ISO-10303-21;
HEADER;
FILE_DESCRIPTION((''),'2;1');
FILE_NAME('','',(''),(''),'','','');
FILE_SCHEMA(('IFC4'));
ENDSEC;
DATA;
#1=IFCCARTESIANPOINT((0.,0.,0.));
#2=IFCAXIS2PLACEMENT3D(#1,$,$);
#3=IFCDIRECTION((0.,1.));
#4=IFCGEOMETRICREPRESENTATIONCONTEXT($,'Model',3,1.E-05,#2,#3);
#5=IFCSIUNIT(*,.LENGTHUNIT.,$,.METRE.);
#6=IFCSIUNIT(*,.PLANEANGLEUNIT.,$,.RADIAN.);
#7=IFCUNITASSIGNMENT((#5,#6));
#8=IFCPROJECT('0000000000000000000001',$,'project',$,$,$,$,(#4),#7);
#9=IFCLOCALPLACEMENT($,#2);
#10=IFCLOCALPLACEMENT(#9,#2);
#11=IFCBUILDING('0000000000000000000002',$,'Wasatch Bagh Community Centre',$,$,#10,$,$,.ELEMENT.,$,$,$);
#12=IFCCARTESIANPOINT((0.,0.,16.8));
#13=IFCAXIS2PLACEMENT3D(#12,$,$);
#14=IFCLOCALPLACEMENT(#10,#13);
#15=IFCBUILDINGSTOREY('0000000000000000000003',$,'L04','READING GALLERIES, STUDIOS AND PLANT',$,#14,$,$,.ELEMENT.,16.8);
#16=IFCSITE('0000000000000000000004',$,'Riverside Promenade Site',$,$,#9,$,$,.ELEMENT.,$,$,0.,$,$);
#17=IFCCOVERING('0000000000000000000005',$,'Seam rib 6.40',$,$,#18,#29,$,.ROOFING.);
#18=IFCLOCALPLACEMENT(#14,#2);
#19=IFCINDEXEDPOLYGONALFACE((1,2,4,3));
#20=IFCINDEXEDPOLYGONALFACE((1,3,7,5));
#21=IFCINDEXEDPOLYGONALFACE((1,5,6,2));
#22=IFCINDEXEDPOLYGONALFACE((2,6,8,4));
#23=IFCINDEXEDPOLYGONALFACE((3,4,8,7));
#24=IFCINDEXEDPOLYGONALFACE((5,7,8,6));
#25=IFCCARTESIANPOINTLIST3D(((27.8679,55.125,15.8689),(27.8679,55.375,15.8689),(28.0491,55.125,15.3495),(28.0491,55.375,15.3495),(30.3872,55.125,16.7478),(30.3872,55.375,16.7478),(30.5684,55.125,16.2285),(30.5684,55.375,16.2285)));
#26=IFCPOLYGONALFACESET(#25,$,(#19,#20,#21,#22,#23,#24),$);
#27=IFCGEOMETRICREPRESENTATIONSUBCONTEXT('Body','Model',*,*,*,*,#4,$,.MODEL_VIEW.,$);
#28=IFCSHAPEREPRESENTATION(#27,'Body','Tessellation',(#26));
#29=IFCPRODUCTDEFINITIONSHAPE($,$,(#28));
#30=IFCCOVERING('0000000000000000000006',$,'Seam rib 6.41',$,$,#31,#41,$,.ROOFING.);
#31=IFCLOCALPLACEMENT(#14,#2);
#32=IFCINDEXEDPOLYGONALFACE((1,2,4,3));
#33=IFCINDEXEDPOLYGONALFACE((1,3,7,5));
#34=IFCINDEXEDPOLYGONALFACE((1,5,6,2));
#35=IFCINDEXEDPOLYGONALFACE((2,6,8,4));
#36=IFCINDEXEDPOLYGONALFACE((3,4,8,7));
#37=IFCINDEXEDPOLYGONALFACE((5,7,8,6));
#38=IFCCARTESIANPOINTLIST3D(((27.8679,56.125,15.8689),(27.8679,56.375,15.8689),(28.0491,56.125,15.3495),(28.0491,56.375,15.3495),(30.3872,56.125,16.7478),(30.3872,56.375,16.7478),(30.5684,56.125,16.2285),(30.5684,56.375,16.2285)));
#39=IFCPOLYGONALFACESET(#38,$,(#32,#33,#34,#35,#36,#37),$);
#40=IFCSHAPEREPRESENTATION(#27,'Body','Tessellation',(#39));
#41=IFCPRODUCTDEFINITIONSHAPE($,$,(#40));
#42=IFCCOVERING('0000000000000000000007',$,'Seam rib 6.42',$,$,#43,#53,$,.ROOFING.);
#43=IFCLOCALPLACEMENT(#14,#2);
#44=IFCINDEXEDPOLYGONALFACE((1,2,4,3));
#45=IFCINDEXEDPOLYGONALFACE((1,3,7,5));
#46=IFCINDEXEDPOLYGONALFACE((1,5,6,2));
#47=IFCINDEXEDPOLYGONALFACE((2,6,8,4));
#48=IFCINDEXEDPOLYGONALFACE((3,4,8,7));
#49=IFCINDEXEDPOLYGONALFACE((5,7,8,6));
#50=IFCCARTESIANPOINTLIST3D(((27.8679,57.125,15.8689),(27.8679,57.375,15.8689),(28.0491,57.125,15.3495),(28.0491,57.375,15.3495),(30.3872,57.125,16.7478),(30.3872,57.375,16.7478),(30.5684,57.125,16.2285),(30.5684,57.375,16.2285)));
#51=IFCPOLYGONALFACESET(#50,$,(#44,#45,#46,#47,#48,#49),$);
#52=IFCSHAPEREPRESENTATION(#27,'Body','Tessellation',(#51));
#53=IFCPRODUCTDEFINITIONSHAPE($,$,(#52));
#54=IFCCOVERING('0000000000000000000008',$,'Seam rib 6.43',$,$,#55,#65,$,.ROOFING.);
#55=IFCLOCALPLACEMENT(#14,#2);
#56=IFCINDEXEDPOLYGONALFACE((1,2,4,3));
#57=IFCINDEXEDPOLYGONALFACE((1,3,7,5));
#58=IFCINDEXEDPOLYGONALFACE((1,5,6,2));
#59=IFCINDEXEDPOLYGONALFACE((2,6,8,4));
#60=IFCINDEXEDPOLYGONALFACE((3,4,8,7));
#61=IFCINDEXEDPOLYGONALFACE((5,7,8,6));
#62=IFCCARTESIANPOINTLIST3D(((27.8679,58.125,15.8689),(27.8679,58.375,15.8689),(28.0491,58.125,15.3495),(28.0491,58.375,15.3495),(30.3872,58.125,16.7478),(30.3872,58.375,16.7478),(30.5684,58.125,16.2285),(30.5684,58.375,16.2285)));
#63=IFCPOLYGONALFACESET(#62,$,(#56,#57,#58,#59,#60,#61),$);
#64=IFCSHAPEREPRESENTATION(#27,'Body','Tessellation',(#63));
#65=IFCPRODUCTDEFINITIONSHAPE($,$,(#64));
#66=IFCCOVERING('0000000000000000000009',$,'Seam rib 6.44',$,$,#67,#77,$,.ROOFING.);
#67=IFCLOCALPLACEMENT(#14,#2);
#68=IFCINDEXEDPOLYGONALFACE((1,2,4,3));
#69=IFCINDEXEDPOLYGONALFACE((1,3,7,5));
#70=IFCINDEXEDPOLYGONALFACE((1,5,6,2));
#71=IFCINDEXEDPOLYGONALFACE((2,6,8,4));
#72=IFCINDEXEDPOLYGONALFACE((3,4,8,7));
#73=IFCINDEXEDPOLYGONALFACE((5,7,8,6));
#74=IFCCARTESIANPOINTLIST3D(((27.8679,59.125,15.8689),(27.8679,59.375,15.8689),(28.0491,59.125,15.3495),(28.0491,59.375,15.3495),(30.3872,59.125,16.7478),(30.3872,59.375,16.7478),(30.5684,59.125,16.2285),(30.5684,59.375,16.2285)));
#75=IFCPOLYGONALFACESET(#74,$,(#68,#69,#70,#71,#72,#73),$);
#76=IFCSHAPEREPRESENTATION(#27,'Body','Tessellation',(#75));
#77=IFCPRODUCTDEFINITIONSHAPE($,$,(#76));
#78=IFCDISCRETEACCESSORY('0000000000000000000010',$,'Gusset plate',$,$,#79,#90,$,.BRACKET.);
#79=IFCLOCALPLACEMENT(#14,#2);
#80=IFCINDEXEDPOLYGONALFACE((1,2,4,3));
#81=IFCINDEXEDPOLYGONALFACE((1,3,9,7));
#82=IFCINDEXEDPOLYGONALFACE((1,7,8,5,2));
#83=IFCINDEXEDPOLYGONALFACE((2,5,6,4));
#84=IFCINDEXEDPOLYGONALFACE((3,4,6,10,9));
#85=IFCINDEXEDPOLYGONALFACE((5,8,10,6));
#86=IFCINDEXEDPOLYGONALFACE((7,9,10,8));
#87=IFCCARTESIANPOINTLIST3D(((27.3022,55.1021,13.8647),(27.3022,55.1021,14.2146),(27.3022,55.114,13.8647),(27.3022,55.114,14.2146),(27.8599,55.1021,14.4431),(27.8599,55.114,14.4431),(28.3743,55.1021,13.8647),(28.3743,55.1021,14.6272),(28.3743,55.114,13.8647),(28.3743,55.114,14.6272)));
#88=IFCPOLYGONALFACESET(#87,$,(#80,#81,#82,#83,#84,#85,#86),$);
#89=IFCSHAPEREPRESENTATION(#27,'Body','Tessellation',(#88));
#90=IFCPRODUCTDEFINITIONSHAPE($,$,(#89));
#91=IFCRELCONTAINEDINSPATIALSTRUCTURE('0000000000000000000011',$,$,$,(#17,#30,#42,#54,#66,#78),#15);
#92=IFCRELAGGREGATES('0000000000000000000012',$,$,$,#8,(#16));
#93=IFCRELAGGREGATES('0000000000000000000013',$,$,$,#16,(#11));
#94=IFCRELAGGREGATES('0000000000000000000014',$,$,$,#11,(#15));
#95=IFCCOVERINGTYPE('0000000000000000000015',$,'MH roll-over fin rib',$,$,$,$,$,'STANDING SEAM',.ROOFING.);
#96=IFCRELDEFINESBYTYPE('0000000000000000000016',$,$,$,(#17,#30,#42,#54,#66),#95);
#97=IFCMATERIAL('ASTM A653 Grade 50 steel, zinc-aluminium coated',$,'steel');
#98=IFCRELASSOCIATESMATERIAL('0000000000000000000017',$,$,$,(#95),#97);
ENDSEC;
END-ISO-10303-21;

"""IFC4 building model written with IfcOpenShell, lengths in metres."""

from ifc_helpers import new_model, si_unit, direction, frame, origin, place, context, subcontext, project, spatial, polyline, outline, extrude, material, type_object, element, save


model = new_model("IFC4")

# Units and contexts
model_context = context("Model", 3, precision=1e-05, world=origin(), true_north=direction((0.0, 1.0)))
body_context = subcontext(model_context, "Body", "Model", "MODEL_VIEW")
ifc_project = project(units=[si_unit("LENGTHUNIT", "METRE"), si_unit("PLANEANGLEUNIT", "RADIAN")], contexts=[model_context])

# Site, building, storey
site_placement = place(None, origin())
site = spatial("IfcSite", under=ifc_project, at=site_placement, Name="Riverside Promenade Site", CompositionType="ELEMENT", RefElevation=0.0)
building_placement = place(site_placement, origin())
building = spatial("IfcBuilding", under=site, at=building_placement, Name="Wasatch Bagh Community Centre", CompositionType="ELEMENT")
storey_placement = place(building_placement, frame((0.0, 0.0, 16.8)))
storey = spatial("IfcBuildingStorey", under=building, at=storey_placement, Name="L04", Description="READING GALLERIES, STUDIOS AND PLANT", CompositionType="ELEMENT", Elevation=16.8)

# Coverings
ifc_material_1 = material(Name="ASTM A653 Grade 50 steel, zinc-aluminium coated", Category="steel")
covering_type = type_object("IfcCoveringType", Name="MH roll-over fin rib", ElementType="STANDING SEAM", PredefinedType="ROOFING", material=ifc_material_1)
for number, where, z_axis, x_axis, name in (
    (1, (27.8679, 55.125, 15.8689), (-0.329401, 0.0, 0.94419), (0.94419, 0.0, 0.329401), "Seam rib 6.40"),
    (2, (27.8679, 56.125, 15.8689), (-0.329401, 0.0, 0.94419), (0.94419, 0.0, 0.329401), "Seam rib 6.41"),
    (3, (27.8679, 57.125, 15.8689), (-0.329401, 0.0, 0.94419), (0.94419, 0.0, 0.329401), "Seam rib 6.42"),
    (4, (27.8679, 58.125, 15.8689), (-0.329401, 0.0, 0.94419), (0.94419, 0.0, 0.329401), "Seam rib 6.43"),
    (5, (27.8679, 59.125, 15.8689), (-0.329401, 0.0, 0.94419), (0.94419, 0.0, 0.329401), "Seam rib 6.44"),
):
    element("IfcCovering", number, at=place(storey_placement, frame(where, z_axis=z_axis, x_axis=x_axis)), inside=storey, type_object=covering_type, Name=name, PredefinedType="ROOFING", context=body_context, shape_type="SweptSolid", body=[
        extrude(outline(polyline([(0.0, 0.0), (2.6682, 0.0), (2.6682, 0.25), (0.0, 0.25), (0.0, 0.0)])), origin(), (0.0, 0.0, -1.0), 0.55),
    ])

# Discrete accessory
discrete_accessory_placement = place(storey_placement, frame((27.3022, 55.114, 14.2146), z_axis=(0.0, 1.0, 0.0), x_axis=(0.925314, 0.0, 0.379201)))
element("IfcDiscreteAccessory", 6, at=discrete_accessory_placement, inside=storey, Name="Gusset plate", PredefinedType="BRACKET", context=body_context, shape_type="SweptSolid", body=[
    extrude(outline(polyline([(0.0, 0.0), (0.6026, 0.0), (1.1484, 0.0247), (0.8593, 0.7302), (-0.1327, 0.3237), (0.0, 0.0)])), origin(), (0.0, 0.0, -1.0), 0.012),
])

save(model, "model.ifc")
